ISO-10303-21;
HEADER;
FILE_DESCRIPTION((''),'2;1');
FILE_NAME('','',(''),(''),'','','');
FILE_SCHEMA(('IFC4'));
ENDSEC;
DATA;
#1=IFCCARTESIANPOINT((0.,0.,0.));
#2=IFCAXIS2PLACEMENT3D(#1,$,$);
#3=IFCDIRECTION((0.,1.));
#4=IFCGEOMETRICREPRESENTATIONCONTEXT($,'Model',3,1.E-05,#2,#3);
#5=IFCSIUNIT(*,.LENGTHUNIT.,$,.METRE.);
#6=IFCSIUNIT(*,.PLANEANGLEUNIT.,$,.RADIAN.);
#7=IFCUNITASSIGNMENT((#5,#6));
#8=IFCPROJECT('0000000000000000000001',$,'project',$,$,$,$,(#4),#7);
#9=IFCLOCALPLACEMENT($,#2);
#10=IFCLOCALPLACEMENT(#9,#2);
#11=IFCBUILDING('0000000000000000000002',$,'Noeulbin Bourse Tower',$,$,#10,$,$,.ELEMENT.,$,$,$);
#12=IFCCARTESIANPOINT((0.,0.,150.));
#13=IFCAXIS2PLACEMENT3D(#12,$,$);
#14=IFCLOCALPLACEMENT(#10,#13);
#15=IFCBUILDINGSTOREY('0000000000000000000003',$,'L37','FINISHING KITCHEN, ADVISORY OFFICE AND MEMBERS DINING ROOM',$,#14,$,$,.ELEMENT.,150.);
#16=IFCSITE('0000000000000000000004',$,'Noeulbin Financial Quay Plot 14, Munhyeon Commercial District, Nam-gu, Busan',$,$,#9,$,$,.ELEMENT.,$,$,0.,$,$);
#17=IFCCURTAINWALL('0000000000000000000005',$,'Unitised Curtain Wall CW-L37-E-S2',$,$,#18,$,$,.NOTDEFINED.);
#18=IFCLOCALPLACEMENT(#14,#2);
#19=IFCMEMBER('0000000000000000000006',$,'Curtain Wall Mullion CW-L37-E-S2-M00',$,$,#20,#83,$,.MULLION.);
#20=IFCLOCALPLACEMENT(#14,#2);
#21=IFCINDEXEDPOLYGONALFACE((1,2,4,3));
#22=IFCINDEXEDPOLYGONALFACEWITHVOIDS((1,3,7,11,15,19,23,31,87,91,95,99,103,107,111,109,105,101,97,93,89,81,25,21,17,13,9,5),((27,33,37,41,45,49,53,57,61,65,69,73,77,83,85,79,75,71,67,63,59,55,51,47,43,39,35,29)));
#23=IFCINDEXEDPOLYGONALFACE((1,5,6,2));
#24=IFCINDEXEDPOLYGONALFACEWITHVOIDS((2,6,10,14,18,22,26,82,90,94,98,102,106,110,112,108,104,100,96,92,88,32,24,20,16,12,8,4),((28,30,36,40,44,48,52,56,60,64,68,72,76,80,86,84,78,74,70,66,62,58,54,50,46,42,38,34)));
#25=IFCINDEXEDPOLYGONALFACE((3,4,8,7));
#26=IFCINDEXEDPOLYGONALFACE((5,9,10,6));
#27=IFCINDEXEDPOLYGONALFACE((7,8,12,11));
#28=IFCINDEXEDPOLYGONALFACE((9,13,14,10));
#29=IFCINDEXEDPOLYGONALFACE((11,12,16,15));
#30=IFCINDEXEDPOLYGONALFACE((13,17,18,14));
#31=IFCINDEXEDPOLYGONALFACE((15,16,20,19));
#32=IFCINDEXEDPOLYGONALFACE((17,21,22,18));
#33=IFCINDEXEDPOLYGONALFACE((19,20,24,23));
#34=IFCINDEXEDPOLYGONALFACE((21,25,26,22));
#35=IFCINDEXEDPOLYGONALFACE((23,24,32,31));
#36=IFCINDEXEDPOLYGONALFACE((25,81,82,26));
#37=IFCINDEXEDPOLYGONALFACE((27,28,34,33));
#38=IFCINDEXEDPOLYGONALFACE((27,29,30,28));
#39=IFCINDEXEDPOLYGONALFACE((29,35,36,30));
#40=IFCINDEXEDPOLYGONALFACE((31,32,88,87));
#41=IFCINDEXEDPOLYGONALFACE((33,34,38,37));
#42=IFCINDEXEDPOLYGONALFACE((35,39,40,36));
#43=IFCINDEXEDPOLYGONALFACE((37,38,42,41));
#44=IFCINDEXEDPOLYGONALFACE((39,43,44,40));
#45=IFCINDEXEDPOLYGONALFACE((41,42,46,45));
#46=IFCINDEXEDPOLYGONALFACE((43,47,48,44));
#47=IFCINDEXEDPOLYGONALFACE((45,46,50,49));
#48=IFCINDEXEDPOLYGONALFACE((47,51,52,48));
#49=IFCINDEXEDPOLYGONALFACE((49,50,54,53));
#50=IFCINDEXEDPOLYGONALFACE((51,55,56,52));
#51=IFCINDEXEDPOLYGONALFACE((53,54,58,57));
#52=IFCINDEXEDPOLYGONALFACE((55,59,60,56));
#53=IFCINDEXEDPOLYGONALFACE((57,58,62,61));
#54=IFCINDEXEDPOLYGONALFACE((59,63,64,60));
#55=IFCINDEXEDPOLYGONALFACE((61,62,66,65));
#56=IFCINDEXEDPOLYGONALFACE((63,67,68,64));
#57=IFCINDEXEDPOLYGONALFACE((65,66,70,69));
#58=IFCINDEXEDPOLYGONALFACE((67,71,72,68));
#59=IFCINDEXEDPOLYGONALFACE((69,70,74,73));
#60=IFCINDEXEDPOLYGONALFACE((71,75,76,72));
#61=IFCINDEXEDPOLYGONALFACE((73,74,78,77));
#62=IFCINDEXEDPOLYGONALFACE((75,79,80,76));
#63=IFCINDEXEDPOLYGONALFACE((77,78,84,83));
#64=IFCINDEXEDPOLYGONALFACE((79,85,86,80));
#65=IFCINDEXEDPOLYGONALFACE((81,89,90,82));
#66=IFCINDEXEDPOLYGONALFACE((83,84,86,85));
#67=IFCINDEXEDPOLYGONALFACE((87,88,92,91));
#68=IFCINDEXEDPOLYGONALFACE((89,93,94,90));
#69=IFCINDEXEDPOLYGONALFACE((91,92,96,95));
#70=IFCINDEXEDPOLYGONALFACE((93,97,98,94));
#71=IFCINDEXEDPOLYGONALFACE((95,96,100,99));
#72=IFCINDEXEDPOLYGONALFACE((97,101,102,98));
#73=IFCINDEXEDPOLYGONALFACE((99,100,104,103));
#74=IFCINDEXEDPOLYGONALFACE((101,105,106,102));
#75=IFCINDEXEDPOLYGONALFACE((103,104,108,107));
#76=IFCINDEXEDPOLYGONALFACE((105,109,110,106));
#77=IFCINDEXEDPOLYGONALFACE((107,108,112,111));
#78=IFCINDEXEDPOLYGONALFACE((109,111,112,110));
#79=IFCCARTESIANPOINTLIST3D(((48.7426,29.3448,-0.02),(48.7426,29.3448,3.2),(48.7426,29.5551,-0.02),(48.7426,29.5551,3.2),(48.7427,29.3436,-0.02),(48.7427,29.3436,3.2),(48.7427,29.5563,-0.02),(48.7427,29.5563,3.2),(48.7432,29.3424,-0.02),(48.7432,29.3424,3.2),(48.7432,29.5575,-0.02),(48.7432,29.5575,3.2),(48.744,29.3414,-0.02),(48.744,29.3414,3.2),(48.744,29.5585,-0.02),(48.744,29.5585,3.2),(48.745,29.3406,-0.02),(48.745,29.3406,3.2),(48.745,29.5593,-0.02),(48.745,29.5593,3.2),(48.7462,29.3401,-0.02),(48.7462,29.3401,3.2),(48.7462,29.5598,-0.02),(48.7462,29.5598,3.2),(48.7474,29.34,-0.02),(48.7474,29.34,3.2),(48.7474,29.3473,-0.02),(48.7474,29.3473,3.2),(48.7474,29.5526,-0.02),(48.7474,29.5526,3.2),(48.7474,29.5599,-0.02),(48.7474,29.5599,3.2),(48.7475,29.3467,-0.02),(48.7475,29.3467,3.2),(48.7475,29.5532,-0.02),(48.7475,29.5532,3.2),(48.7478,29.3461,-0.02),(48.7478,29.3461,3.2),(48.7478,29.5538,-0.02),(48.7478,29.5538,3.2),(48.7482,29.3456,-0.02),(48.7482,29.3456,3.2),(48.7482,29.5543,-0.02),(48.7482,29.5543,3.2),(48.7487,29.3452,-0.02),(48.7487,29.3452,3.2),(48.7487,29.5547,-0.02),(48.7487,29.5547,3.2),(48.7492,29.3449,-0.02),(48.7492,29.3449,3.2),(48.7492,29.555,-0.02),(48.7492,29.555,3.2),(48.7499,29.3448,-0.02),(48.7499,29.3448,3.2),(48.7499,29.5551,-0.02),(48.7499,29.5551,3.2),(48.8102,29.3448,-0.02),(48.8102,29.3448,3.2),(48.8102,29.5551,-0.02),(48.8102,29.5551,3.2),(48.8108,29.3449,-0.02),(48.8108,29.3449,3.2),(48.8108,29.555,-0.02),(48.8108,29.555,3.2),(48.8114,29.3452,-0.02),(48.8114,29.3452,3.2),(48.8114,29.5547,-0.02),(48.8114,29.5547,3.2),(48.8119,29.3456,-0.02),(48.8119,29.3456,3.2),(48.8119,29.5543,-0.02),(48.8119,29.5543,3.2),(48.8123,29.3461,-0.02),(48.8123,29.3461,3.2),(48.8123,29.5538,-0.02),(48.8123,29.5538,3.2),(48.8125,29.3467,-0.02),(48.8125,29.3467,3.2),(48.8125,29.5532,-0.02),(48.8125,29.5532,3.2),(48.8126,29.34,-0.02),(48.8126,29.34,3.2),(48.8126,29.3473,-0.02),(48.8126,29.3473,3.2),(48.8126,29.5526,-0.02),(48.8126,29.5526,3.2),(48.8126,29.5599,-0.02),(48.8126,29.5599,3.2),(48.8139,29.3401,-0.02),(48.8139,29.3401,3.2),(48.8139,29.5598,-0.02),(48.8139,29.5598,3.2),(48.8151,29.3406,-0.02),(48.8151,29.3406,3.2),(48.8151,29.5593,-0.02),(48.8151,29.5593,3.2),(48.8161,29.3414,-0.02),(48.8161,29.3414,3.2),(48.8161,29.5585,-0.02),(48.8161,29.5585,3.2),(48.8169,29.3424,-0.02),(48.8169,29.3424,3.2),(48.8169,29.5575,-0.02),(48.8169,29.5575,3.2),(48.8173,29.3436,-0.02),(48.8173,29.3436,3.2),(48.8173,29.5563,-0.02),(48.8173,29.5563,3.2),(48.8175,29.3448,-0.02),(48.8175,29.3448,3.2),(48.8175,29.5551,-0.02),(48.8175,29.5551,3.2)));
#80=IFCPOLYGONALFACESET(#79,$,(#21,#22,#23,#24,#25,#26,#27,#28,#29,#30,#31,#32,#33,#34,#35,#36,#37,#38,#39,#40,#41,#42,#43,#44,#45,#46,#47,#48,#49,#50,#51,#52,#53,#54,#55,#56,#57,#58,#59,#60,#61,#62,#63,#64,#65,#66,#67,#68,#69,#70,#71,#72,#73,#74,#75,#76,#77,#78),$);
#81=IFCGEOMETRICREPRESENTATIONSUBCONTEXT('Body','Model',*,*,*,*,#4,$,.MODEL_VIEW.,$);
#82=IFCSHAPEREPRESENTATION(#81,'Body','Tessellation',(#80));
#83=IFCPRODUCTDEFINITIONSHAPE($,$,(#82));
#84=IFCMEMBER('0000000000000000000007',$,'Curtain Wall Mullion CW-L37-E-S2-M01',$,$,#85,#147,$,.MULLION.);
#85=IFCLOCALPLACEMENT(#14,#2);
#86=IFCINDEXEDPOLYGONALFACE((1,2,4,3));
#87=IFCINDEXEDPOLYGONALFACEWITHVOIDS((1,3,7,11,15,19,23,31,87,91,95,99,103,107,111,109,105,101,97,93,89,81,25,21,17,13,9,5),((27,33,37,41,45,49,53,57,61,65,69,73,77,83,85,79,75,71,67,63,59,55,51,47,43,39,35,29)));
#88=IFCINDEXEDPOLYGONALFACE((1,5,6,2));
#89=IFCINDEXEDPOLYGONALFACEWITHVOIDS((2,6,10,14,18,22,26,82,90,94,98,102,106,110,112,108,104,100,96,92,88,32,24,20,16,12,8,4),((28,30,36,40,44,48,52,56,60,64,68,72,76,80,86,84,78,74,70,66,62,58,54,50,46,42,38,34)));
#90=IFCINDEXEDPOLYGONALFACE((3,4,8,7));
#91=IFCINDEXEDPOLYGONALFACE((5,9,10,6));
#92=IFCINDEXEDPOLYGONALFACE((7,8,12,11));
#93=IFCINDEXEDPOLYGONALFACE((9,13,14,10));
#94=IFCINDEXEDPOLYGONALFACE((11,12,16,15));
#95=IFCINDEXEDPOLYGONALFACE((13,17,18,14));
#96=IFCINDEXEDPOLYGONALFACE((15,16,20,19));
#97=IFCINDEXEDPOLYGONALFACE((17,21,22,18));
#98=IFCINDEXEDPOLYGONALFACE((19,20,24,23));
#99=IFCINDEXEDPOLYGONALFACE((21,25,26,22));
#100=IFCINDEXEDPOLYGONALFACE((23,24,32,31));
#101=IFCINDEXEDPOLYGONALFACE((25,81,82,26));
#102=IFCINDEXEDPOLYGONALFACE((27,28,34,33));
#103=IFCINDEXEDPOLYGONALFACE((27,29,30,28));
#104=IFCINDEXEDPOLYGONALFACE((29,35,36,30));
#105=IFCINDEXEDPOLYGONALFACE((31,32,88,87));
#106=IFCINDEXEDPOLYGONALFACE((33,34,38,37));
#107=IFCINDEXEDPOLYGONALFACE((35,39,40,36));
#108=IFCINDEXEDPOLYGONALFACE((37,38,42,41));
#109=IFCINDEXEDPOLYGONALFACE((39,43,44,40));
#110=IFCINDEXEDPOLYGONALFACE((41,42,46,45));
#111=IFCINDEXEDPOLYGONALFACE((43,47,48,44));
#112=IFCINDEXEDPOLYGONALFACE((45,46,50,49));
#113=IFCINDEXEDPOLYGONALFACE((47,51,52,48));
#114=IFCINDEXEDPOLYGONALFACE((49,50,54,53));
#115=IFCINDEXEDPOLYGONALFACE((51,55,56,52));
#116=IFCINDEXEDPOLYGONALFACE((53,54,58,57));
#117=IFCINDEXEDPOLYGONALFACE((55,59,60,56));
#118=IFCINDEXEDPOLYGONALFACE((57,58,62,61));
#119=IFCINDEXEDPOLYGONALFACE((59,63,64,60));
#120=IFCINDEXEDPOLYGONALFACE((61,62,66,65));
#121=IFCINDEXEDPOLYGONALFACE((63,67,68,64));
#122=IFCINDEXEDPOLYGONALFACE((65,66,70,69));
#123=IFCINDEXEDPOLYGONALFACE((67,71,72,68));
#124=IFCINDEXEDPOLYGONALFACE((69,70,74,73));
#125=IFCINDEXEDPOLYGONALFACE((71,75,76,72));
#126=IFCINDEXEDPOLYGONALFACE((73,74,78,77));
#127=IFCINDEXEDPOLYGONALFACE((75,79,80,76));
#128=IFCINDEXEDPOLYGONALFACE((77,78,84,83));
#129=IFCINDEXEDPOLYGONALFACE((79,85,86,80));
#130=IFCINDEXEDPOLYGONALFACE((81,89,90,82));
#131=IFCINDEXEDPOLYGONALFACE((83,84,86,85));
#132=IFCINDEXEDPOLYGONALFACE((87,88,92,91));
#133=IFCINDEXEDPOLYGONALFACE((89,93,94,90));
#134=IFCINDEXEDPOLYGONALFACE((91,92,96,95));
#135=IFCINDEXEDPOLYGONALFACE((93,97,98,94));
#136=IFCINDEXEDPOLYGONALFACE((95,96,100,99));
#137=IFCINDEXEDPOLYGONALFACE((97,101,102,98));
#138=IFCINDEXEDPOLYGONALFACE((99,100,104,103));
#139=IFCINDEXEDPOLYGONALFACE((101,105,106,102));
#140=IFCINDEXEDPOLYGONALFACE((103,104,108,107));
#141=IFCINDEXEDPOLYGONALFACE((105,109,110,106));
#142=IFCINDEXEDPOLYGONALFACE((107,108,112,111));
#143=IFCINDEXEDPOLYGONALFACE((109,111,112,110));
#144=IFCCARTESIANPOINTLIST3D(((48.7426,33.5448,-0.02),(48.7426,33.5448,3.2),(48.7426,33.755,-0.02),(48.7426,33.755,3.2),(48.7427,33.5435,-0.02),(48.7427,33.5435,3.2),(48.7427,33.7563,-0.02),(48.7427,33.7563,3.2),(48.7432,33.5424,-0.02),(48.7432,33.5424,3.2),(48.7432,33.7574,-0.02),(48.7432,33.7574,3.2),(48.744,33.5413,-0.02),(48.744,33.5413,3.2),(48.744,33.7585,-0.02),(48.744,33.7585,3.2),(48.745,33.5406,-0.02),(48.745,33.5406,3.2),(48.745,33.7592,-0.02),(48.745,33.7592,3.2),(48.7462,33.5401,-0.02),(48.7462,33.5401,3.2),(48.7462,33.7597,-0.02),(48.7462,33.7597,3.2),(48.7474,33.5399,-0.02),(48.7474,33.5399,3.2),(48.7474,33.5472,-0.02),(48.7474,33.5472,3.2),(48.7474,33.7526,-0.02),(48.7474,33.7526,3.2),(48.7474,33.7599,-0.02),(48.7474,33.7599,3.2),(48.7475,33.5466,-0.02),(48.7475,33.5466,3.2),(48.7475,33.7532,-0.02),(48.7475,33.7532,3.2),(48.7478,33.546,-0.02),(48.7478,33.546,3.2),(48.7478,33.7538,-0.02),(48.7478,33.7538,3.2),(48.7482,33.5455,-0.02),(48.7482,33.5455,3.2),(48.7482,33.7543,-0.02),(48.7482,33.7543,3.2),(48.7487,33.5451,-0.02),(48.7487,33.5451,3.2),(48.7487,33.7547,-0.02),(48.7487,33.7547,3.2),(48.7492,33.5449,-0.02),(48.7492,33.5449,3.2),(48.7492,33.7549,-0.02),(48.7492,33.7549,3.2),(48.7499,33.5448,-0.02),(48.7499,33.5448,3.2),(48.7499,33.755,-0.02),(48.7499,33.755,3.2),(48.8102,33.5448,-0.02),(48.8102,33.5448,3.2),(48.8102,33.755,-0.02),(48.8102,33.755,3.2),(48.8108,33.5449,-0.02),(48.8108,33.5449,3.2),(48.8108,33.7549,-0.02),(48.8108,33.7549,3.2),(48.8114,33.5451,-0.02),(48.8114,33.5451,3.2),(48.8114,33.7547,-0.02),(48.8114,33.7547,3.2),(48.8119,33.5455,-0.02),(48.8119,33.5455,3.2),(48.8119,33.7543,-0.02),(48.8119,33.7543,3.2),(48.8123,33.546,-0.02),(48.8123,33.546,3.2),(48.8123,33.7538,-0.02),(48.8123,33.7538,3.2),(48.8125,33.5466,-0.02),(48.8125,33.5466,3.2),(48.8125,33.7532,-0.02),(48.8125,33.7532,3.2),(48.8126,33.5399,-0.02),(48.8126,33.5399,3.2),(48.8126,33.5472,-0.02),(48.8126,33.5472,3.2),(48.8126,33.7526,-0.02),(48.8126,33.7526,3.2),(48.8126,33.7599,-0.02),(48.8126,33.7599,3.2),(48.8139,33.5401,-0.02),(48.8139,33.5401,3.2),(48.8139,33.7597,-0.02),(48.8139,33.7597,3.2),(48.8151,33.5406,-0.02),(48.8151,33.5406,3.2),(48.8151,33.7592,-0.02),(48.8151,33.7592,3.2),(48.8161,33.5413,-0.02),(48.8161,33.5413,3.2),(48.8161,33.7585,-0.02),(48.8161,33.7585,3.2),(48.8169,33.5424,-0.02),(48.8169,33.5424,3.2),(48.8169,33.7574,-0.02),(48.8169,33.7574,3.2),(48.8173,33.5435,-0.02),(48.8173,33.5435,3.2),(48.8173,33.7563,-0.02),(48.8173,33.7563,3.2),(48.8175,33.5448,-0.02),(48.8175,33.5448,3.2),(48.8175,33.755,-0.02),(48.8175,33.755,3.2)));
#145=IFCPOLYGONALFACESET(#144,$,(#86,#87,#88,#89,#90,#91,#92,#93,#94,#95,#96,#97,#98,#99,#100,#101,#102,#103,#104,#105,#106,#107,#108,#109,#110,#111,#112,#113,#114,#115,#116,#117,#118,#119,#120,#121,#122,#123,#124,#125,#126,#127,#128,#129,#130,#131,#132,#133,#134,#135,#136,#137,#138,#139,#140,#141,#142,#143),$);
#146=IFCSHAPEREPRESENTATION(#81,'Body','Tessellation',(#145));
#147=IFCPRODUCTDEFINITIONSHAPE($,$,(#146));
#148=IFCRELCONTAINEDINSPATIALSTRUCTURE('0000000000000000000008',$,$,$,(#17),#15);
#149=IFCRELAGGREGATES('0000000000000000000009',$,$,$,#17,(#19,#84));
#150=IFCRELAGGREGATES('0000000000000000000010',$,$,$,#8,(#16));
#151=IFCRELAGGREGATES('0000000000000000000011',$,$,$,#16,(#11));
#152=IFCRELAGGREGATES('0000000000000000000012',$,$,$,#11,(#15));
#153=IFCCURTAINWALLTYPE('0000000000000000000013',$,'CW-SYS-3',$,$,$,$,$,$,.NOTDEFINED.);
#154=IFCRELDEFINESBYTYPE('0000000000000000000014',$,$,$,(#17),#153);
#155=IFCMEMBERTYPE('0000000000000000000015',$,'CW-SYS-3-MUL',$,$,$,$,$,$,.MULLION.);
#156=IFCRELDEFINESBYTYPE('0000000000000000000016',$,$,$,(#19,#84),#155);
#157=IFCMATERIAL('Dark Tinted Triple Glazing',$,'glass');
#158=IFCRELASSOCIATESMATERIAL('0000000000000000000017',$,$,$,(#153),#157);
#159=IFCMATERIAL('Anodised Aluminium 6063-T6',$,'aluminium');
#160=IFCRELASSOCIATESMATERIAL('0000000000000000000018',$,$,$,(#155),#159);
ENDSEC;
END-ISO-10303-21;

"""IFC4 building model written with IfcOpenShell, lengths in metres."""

from ifc_helpers import new_model, si_unit, direction, frame, origin, origin_2d, place, context, subcontext, project, spatial, hollow_rectangle, extrude, material, material_profile, profile_set, type_object, element, aggregate, save


model = new_model("IFC4")

# Units and contexts
model_context = context("Model", 3, precision=1e-05, world=origin(), true_north=direction((0.0, 1.0)))
body_context = subcontext(model_context, "Body", "Model", "MODEL_VIEW")
ifc_project = project(units=[si_unit("LENGTHUNIT", "METRE"), si_unit("PLANEANGLEUNIT", "RADIAN")], contexts=[model_context])

# Site, building, storey
site_placement = place(None, origin())
site = spatial("IfcSite", under=ifc_project, at=site_placement, Name="Noeulbin Financial Quay Plot 14, Munhyeon Commercial District, Nam-gu, Busan", CompositionType="ELEMENT", RefElevation=0.0)
building_placement = place(site_placement, origin())
building = spatial("IfcBuilding", under=site, at=building_placement, Name="Noeulbin Bourse Tower", CompositionType="ELEMENT")
storey_placement = place(building_placement, frame((0.0, 0.0, 150.0)))
storey = spatial("IfcBuildingStorey", under=building, at=storey_placement, Name="L37", Description="FINISHING KITCHEN, ADVISORY OFFICE AND MEMBERS DINING ROOM", CompositionType="ELEMENT", Elevation=150.0)

# Curtain wall, members
ifc_material_1 = material(Name="Dark Tinted Triple Glazing", Category="glass")
curtain_wall_type = type_object("IfcCurtainWallType", Name="CW-SYS-3", PredefinedType="NOTDEFINED", material=ifc_material_1)
curtain_wall_placement = place(storey_placement, origin())
curtain_wall = element("IfcCurtainWall", 1, at=curtain_wall_placement, inside=storey, type_object=curtain_wall_type, Name="Unitised Curtain Wall CW-L37-E-S2", PredefinedType="NOTDEFINED")
ifc_material_2 = material(Name="Anodised Aluminium 6063-T6", Category="aluminium")
ifc_material_profile_1 = material_profile(ifc_material_2, hollow_rectangle(XDim=0.075, YDim=0.22, WallThickness=0.0049, InnerFilletRadius=0.0024, OuterFilletRadius=0.0049, at=origin_2d()), Name="ALU-MULL-75x220x5", Category="LoadBearing")
ifc_profile_set_1 = profile_set([ifc_material_profile_1], Name="Anodised Aluminium 6063-T6")
member_type_1 = type_object("IfcMemberType", Name="CW-SYS-3-MUL", PredefinedType="MULLION", material=ifc_profile_set_1)
member_1_placement = place(storey_placement, frame((48.78, 29.45, -0.02), z_axis=(0.0, 0.0, 1.0), x_axis=(1.0, 0.0, 0.0)))
member_1 = element("IfcMember", 2, at=member_1_placement, type_object=member_type_1, Name="Curtain Wall Mullion CW-L37-E-S2-M00", PredefinedType="MULLION", context=body_context, shape_type="SweptSolid", body=[
    extrude(hollow_rectangle(XDim=0.075, YDim=0.22, WallThickness=0.0049, InnerFilletRadius=0.0024, OuterFilletRadius=0.0049, at=origin_2d()), origin(), (0.0, 0.0, 1.0), 3.22),
])
member_2_placement = place(storey_placement, frame((48.78, 33.6499, -0.02), z_axis=(0.0, 0.0, 1.0), x_axis=(1.0, 0.0, 0.0)))
member_2 = element("IfcMember", 3, at=member_2_placement, type_object=member_type_1, Name="Curtain Wall Mullion CW-L37-E-S2-M01", PredefinedType="MULLION", context=body_context, shape_type="SweptSolid", body=[
    extrude(hollow_rectangle(XDim=0.075, YDim=0.22, WallThickness=0.0049, InnerFilletRadius=0.0024, OuterFilletRadius=0.0049, at=origin_2d()), origin(), (0.0, 0.0, 1.0), 3.22),
])
aggregate(curtain_wall, [member_1, member_2])

save(model, "model.ifc")
